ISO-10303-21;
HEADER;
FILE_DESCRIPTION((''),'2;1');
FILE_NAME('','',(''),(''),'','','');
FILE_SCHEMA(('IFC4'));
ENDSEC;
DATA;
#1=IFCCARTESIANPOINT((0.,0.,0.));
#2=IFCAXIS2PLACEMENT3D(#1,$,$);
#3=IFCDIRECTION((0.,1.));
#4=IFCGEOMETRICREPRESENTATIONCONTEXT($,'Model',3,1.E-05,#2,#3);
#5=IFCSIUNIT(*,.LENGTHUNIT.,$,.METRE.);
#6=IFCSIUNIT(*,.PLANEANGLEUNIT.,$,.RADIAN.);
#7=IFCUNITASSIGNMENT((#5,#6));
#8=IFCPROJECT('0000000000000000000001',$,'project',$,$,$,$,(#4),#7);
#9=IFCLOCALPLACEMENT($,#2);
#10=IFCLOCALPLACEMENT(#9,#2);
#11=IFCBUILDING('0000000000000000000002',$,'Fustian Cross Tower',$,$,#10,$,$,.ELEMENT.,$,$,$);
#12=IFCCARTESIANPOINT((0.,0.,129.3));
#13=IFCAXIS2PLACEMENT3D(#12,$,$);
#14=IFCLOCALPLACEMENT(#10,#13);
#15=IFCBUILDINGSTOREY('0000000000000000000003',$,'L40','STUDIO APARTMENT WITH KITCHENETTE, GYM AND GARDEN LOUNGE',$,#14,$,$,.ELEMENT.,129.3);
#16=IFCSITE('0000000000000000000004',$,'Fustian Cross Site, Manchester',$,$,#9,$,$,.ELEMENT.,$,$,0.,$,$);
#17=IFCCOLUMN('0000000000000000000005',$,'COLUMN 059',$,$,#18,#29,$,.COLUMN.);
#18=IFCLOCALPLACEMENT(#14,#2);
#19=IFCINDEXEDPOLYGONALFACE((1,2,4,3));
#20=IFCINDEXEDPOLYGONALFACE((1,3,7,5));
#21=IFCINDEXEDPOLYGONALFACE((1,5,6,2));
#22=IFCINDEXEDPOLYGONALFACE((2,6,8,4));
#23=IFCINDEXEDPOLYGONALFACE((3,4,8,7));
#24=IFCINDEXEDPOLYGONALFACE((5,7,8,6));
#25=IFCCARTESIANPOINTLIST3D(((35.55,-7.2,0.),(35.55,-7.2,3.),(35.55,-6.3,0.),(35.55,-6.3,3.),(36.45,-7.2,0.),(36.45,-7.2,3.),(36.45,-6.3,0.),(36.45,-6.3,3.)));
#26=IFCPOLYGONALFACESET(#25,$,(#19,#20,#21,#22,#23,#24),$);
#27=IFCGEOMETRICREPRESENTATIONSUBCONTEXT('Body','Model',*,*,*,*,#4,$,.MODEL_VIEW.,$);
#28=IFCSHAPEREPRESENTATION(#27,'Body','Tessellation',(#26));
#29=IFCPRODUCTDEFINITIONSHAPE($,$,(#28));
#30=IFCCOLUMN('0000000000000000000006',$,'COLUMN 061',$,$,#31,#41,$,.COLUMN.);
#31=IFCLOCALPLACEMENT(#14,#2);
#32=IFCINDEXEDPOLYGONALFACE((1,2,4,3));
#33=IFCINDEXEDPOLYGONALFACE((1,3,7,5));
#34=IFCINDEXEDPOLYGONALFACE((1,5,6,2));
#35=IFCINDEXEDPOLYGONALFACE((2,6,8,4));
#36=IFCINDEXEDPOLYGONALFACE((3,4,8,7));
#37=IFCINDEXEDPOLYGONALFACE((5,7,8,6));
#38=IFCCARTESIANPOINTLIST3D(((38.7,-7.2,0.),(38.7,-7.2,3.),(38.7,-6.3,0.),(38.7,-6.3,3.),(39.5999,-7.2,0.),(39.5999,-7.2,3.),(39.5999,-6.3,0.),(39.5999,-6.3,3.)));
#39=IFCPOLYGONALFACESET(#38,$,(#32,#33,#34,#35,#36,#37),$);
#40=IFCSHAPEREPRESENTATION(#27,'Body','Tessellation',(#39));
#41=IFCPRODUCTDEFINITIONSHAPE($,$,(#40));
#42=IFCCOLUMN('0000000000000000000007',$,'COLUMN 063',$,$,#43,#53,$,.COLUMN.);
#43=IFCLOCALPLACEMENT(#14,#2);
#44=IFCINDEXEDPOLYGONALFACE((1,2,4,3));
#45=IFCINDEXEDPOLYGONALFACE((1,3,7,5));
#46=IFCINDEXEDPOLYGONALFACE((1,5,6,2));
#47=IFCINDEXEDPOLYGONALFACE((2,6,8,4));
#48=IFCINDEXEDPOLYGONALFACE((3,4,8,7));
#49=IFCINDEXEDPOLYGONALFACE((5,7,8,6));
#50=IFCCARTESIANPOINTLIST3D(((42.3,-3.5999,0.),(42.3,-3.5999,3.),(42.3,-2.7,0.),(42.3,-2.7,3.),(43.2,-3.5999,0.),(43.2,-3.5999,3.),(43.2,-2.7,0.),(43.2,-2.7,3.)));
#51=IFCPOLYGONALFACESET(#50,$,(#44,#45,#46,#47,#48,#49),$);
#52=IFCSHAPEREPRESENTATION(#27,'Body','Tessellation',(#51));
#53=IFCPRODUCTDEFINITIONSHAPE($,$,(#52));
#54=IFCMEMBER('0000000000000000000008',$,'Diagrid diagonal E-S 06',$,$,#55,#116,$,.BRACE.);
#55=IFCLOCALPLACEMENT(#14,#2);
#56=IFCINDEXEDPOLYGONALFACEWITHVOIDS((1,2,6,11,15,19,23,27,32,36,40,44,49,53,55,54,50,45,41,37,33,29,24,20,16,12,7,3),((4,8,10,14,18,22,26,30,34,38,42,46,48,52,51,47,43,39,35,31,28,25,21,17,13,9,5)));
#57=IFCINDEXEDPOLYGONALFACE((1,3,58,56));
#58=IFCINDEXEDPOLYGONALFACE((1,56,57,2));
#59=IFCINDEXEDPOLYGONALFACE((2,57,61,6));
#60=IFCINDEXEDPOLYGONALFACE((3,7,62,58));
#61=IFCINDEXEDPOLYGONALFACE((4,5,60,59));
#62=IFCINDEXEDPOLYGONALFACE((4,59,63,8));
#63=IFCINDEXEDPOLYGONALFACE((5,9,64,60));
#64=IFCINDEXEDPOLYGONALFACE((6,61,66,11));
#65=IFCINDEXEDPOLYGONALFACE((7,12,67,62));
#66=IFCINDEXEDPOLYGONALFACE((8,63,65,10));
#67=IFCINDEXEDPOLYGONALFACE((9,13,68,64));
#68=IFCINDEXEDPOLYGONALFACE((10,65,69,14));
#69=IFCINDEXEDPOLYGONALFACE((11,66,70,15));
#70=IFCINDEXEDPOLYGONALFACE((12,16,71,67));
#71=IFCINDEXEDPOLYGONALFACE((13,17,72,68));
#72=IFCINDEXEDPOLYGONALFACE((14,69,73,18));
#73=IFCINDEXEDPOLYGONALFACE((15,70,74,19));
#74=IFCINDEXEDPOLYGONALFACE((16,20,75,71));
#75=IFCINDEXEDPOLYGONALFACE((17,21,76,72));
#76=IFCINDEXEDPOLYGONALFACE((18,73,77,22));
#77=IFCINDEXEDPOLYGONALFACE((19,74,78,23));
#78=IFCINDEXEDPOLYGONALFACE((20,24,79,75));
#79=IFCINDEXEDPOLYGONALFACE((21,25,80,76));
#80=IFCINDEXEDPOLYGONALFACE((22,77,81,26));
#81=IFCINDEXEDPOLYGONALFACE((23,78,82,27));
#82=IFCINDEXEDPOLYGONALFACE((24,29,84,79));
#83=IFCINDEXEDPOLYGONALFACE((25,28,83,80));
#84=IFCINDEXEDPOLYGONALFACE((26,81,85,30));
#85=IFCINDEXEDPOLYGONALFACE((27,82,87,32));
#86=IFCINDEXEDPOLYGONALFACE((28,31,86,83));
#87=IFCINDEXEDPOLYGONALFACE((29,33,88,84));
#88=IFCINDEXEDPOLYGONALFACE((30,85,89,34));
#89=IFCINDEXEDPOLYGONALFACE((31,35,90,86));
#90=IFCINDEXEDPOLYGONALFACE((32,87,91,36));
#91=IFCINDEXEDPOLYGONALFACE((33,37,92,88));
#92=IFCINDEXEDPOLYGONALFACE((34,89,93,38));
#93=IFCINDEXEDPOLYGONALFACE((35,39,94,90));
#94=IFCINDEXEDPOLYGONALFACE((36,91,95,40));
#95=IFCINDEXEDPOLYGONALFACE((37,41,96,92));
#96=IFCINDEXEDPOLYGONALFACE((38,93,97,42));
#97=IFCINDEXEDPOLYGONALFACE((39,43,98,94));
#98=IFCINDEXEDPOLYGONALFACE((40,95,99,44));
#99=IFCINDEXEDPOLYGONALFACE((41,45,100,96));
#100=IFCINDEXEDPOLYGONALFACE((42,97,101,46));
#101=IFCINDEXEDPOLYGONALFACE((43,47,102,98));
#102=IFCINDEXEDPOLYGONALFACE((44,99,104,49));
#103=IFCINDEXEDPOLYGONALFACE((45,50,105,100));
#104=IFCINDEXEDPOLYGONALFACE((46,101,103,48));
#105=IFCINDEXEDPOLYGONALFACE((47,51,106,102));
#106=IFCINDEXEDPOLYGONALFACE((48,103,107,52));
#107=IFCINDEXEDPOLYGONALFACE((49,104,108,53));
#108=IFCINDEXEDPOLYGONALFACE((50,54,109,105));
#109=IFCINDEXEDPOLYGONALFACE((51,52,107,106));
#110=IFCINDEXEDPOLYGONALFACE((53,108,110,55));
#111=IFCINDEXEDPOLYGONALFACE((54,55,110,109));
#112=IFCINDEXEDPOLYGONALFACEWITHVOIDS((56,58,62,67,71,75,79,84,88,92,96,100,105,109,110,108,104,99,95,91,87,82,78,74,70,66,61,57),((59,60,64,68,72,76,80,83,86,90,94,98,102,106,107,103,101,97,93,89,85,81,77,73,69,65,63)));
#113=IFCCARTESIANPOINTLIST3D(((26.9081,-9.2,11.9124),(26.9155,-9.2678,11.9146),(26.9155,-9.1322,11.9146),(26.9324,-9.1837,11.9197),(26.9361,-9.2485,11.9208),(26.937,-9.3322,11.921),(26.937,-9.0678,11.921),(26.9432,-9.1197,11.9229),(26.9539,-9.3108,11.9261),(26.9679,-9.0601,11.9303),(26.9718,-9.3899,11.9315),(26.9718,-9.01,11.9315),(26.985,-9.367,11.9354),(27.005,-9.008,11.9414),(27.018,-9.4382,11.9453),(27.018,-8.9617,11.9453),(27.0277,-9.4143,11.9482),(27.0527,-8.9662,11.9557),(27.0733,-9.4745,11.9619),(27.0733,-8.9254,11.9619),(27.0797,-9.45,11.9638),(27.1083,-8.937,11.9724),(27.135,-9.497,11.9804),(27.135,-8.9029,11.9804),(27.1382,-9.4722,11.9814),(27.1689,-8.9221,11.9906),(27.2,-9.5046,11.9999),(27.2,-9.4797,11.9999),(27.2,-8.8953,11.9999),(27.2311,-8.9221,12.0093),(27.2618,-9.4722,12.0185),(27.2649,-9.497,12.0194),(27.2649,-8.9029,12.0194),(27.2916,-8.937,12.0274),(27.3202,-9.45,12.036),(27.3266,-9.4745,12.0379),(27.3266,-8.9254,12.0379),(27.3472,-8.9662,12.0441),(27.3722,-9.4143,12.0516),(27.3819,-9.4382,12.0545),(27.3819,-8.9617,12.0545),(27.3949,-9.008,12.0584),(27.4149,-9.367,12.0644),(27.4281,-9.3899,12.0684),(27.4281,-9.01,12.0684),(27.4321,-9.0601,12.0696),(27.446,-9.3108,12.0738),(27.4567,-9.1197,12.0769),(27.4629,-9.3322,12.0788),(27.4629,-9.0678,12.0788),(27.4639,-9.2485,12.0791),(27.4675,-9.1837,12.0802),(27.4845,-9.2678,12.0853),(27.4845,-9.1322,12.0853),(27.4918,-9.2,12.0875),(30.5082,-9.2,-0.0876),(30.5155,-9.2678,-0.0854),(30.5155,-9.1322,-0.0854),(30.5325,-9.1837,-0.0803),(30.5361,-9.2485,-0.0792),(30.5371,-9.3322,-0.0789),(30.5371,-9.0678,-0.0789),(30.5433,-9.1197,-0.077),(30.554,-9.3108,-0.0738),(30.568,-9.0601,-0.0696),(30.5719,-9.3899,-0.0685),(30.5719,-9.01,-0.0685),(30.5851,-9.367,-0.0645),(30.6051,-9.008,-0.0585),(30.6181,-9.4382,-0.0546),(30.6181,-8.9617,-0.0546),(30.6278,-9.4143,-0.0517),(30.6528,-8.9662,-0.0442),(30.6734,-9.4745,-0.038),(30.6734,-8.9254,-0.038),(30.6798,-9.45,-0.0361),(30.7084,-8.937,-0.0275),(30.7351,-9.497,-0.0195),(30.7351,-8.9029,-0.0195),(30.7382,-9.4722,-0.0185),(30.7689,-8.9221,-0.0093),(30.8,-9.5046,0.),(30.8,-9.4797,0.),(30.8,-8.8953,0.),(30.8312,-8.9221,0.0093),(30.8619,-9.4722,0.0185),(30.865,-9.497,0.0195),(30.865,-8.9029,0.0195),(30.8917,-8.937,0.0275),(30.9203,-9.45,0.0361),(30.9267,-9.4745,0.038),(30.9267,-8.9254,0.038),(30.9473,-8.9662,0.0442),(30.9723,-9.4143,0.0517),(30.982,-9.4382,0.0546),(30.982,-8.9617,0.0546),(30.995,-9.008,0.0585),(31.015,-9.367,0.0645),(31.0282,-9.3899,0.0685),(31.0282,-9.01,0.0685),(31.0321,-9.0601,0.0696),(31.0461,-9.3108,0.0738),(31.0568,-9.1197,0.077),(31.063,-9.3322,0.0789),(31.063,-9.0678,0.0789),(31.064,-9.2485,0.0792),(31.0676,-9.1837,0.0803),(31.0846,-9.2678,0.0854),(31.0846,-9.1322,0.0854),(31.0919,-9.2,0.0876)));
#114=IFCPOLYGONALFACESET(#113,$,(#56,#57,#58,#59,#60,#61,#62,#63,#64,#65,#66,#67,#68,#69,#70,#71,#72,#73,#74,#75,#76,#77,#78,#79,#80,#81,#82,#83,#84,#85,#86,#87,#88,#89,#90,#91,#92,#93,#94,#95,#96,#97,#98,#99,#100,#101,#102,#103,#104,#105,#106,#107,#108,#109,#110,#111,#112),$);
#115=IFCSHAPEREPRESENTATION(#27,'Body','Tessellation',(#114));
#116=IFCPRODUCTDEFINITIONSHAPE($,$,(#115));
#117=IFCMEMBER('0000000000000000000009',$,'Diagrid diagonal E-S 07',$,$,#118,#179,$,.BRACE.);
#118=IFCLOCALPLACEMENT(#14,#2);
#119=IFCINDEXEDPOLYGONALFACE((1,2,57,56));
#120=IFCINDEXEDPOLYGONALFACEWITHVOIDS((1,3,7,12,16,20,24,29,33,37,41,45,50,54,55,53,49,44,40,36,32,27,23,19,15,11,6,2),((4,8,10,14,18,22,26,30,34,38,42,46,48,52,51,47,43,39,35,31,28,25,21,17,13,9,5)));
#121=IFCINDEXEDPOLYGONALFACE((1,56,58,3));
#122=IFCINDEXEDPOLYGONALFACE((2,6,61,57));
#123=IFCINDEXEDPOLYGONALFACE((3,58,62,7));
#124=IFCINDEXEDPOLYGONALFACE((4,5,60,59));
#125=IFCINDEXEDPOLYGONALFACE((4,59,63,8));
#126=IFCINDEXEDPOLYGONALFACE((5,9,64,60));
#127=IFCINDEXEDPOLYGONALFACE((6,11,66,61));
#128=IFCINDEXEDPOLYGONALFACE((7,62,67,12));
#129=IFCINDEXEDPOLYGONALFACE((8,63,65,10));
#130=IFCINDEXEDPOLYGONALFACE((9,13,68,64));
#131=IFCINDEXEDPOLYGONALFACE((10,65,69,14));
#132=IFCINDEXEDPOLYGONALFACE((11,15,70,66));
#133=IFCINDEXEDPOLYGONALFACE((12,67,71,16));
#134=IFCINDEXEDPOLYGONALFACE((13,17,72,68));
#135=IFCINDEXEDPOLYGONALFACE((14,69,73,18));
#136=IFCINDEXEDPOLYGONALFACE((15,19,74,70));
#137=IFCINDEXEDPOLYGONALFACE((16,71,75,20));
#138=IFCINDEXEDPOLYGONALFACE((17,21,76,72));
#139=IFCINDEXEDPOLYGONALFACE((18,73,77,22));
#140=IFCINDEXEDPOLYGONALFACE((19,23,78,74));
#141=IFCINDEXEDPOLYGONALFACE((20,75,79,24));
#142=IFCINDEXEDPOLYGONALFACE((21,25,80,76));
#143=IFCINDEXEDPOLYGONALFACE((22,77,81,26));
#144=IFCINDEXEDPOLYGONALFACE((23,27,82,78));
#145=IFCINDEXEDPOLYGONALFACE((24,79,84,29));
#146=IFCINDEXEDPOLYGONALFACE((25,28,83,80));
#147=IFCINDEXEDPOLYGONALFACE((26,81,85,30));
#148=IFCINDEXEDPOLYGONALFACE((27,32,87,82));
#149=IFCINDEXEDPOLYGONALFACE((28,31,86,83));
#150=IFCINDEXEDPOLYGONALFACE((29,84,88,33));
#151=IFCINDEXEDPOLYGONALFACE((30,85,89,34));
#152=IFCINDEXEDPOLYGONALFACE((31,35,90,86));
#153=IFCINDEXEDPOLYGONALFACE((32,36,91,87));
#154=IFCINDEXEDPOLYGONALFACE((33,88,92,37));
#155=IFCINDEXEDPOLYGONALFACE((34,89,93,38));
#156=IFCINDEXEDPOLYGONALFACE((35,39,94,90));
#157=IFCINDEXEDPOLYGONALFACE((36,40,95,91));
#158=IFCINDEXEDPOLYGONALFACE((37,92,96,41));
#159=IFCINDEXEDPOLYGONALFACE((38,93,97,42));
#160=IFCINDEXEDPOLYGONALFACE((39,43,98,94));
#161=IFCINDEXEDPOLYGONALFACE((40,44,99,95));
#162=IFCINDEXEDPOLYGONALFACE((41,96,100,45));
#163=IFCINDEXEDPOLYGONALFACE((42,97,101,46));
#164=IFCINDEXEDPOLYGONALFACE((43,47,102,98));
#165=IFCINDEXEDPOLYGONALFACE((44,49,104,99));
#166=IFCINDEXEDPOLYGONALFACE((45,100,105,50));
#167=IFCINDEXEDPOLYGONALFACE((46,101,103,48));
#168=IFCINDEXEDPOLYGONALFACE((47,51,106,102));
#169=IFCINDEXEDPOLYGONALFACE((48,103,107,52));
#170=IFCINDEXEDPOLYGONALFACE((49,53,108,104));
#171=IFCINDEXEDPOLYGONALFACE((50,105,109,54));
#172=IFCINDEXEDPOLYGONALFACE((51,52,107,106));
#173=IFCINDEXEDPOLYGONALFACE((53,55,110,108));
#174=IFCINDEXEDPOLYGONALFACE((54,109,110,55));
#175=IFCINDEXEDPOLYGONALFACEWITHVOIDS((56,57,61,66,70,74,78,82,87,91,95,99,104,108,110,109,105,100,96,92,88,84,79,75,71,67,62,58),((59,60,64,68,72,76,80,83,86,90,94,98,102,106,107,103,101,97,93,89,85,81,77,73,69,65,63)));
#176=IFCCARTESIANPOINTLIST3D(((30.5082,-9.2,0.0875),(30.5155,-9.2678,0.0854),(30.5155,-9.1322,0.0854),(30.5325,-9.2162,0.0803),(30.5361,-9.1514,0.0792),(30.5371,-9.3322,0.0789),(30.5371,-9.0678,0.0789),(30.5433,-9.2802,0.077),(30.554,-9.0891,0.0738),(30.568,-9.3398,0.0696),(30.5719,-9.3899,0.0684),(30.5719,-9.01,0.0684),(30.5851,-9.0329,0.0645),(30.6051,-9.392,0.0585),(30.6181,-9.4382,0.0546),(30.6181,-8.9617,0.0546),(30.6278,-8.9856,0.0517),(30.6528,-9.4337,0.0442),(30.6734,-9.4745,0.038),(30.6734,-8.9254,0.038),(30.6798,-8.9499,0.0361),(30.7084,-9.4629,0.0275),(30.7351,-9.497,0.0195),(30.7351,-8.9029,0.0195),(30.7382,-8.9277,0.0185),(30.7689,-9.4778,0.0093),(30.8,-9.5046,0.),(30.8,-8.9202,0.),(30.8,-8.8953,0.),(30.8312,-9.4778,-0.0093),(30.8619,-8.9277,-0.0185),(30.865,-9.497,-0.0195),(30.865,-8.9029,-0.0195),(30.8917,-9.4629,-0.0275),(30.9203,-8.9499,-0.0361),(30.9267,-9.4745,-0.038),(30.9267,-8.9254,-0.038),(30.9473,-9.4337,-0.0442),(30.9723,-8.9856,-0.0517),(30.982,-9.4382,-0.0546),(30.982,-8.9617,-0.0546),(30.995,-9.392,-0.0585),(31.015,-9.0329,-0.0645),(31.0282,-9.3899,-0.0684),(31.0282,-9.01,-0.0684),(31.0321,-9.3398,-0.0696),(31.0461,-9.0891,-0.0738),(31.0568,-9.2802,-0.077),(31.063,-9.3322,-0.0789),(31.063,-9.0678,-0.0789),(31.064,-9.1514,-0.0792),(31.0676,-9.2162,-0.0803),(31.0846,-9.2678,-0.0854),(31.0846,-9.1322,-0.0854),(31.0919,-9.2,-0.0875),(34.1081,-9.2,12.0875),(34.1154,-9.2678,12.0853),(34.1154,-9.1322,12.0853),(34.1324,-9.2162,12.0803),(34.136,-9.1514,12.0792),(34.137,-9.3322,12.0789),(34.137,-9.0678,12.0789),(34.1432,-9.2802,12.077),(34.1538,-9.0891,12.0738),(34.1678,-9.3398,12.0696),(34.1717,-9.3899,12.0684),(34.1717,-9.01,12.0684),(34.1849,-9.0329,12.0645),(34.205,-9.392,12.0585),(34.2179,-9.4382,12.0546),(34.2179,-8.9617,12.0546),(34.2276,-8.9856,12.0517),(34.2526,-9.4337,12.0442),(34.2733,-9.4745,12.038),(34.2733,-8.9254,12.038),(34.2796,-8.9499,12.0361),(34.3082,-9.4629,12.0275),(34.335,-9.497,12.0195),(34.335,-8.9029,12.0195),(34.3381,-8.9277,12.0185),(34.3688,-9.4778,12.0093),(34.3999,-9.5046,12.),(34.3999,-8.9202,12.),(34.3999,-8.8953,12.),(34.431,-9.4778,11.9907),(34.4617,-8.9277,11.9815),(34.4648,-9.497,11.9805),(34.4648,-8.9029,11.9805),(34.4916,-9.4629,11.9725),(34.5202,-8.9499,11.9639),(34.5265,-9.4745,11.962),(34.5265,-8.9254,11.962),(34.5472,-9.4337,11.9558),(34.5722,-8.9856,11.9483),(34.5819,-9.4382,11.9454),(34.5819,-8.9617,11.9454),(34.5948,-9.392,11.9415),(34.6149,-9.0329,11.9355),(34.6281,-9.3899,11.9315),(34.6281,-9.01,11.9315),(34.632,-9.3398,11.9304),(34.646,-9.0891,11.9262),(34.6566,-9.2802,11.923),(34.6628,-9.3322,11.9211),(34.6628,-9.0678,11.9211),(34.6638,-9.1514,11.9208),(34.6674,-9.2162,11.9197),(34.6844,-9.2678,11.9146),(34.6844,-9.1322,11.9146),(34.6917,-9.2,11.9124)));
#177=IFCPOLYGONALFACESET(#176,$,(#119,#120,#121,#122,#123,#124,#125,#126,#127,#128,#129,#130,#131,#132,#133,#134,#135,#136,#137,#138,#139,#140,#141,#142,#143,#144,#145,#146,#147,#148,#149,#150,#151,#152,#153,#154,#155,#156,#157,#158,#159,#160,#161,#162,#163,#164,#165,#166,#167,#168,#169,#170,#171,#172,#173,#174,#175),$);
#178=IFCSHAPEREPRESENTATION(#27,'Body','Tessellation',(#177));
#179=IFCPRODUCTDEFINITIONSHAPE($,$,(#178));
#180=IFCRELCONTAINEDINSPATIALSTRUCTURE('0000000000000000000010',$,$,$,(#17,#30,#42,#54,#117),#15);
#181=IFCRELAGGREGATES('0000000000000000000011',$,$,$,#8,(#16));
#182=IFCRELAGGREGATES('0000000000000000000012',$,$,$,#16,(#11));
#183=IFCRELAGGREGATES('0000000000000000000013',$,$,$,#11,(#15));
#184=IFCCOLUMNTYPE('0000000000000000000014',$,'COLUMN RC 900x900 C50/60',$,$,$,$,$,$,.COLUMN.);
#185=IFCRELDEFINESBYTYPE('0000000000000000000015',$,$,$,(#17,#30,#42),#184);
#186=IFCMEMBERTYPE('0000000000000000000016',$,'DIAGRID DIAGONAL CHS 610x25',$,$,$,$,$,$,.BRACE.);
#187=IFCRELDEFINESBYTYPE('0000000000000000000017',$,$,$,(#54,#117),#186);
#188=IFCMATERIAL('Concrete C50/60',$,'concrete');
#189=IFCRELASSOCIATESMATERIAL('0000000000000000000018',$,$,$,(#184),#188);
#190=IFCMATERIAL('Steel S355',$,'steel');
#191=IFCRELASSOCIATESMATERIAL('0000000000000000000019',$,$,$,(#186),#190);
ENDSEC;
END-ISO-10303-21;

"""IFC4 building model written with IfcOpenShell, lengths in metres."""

from ifc_helpers import new_model, si_unit, direction, frame, origin, origin_2d, place, context, subcontext, project, spatial, rectangle, hollow_circle, extrude, material, material_profile, profile_set, type_object, element, save


model = new_model("IFC4")

# Units and contexts
model_context = context("Model", 3, precision=1e-05, world=origin(), true_north=direction((0.0, 1.0)))
body_context = subcontext(model_context, "Body", "Model", "MODEL_VIEW")
ifc_project = project(units=[si_unit("LENGTHUNIT", "METRE"), si_unit("PLANEANGLEUNIT", "RADIAN")], contexts=[model_context])

# Site, building, storey
site_placement = place(None, origin())
site = spatial("IfcSite", under=ifc_project, at=site_placement, Name="Fustian Cross Site, Manchester", CompositionType="ELEMENT", RefElevation=0.0)
building_placement = place(site_placement, origin())
building = spatial("IfcBuilding", under=site, at=building_placement, Name="Fustian Cross Tower", CompositionType="ELEMENT")
storey_placement = place(building_placement, frame((0.0, 0.0, 129.3)))
storey = spatial("IfcBuildingStorey", under=building, at=storey_placement, Name="L40", Description="STUDIO APARTMENT WITH KITCHENETTE, GYM AND GARDEN LOUNGE", CompositionType="ELEMENT", Elevation=129.3)

# Columns
ifc_material_1 = material(Name="Concrete C50/60", Category="concrete")
ifc_material_profile_1 = material_profile(ifc_material_1, rectangle(XDim=0.8999, YDim=0.8999, at=origin_2d()), Name="RC 900x900")
ifc_profile_set_1 = profile_set([ifc_material_profile_1], Name="Concrete C50/60")
column_type = type_object("IfcColumnType", Name="COLUMN RC 900x900 C50/60", PredefinedType="COLUMN", material=ifc_profile_set_1)
for number, where, z_axis, x_axis, name in (
    (1, (36.0, -6.75, 0.0), (0.0, 0.0, 1.0), (1.0, 0.0, 0.0), "COLUMN 059"),
    (2, (39.1499, -6.75, 0.0), (0.0, 0.0, 1.0), (1.0, 0.0, 0.0), "COLUMN 061"),
    (3, (42.75, -3.1499, 0.0), (0.0, 0.0, 1.0), (1.0, 0.0, 0.0), "COLUMN 063"),
):
    element("IfcColumn", number, at=place(storey_placement, frame(where, z_axis=z_axis, x_axis=x_axis)), inside=storey, type_object=column_type, Name=name, PredefinedType="COLUMN", context=body_context, shape_type="SweptSolid", body=[
        extrude(rectangle(XDim=0.8999, YDim=0.8999, at=origin_2d()), origin(), (0.0, 0.0, 1.0), 3.0),
    ])

# Members
ifc_material_2 = material(Name="Steel S355", Category="steel")
ifc_material_profile_2 = material_profile(ifc_material_2, hollow_circle(Radius=0.3047, WallThickness=0.0249, at=origin_2d()), Name="CHS 610x25")
ifc_profile_set_2 = profile_set([ifc_material_profile_2], Name="Steel S355")
member_type_1 = type_object("IfcMemberType", Name="DIAGRID DIAGONAL CHS 610x25", PredefinedType="BRACE", material=ifc_profile_set_2)
for number, where, z_axis, x_axis, name in (
    (4, (30.8, -9.2, 0.0), (-0.287355, 0.0, 0.957824), (0.0, -1.0, 0.0), "Diagrid diagonal E-S 06"),
    (5, (30.8, -9.2, 0.0), (0.287337, 0.0, 0.95783), (0.0, 1.0, 0.0), "Diagrid diagonal E-S 07"),
):
    element("IfcMember", number, at=place(storey_placement, frame(where, z_axis=z_axis, x_axis=x_axis)), inside=storey, type_object=member_type_1, Name=name, PredefinedType="BRACE", context=body_context, shape_type="SweptSolid", body=[
        extrude(hollow_circle(Radius=0.3047, WallThickness=0.0249, at=origin_2d()), origin(), (0.0, 0.0, 1.0), 12.5283),
    ])

save(model, "model.ifc")
